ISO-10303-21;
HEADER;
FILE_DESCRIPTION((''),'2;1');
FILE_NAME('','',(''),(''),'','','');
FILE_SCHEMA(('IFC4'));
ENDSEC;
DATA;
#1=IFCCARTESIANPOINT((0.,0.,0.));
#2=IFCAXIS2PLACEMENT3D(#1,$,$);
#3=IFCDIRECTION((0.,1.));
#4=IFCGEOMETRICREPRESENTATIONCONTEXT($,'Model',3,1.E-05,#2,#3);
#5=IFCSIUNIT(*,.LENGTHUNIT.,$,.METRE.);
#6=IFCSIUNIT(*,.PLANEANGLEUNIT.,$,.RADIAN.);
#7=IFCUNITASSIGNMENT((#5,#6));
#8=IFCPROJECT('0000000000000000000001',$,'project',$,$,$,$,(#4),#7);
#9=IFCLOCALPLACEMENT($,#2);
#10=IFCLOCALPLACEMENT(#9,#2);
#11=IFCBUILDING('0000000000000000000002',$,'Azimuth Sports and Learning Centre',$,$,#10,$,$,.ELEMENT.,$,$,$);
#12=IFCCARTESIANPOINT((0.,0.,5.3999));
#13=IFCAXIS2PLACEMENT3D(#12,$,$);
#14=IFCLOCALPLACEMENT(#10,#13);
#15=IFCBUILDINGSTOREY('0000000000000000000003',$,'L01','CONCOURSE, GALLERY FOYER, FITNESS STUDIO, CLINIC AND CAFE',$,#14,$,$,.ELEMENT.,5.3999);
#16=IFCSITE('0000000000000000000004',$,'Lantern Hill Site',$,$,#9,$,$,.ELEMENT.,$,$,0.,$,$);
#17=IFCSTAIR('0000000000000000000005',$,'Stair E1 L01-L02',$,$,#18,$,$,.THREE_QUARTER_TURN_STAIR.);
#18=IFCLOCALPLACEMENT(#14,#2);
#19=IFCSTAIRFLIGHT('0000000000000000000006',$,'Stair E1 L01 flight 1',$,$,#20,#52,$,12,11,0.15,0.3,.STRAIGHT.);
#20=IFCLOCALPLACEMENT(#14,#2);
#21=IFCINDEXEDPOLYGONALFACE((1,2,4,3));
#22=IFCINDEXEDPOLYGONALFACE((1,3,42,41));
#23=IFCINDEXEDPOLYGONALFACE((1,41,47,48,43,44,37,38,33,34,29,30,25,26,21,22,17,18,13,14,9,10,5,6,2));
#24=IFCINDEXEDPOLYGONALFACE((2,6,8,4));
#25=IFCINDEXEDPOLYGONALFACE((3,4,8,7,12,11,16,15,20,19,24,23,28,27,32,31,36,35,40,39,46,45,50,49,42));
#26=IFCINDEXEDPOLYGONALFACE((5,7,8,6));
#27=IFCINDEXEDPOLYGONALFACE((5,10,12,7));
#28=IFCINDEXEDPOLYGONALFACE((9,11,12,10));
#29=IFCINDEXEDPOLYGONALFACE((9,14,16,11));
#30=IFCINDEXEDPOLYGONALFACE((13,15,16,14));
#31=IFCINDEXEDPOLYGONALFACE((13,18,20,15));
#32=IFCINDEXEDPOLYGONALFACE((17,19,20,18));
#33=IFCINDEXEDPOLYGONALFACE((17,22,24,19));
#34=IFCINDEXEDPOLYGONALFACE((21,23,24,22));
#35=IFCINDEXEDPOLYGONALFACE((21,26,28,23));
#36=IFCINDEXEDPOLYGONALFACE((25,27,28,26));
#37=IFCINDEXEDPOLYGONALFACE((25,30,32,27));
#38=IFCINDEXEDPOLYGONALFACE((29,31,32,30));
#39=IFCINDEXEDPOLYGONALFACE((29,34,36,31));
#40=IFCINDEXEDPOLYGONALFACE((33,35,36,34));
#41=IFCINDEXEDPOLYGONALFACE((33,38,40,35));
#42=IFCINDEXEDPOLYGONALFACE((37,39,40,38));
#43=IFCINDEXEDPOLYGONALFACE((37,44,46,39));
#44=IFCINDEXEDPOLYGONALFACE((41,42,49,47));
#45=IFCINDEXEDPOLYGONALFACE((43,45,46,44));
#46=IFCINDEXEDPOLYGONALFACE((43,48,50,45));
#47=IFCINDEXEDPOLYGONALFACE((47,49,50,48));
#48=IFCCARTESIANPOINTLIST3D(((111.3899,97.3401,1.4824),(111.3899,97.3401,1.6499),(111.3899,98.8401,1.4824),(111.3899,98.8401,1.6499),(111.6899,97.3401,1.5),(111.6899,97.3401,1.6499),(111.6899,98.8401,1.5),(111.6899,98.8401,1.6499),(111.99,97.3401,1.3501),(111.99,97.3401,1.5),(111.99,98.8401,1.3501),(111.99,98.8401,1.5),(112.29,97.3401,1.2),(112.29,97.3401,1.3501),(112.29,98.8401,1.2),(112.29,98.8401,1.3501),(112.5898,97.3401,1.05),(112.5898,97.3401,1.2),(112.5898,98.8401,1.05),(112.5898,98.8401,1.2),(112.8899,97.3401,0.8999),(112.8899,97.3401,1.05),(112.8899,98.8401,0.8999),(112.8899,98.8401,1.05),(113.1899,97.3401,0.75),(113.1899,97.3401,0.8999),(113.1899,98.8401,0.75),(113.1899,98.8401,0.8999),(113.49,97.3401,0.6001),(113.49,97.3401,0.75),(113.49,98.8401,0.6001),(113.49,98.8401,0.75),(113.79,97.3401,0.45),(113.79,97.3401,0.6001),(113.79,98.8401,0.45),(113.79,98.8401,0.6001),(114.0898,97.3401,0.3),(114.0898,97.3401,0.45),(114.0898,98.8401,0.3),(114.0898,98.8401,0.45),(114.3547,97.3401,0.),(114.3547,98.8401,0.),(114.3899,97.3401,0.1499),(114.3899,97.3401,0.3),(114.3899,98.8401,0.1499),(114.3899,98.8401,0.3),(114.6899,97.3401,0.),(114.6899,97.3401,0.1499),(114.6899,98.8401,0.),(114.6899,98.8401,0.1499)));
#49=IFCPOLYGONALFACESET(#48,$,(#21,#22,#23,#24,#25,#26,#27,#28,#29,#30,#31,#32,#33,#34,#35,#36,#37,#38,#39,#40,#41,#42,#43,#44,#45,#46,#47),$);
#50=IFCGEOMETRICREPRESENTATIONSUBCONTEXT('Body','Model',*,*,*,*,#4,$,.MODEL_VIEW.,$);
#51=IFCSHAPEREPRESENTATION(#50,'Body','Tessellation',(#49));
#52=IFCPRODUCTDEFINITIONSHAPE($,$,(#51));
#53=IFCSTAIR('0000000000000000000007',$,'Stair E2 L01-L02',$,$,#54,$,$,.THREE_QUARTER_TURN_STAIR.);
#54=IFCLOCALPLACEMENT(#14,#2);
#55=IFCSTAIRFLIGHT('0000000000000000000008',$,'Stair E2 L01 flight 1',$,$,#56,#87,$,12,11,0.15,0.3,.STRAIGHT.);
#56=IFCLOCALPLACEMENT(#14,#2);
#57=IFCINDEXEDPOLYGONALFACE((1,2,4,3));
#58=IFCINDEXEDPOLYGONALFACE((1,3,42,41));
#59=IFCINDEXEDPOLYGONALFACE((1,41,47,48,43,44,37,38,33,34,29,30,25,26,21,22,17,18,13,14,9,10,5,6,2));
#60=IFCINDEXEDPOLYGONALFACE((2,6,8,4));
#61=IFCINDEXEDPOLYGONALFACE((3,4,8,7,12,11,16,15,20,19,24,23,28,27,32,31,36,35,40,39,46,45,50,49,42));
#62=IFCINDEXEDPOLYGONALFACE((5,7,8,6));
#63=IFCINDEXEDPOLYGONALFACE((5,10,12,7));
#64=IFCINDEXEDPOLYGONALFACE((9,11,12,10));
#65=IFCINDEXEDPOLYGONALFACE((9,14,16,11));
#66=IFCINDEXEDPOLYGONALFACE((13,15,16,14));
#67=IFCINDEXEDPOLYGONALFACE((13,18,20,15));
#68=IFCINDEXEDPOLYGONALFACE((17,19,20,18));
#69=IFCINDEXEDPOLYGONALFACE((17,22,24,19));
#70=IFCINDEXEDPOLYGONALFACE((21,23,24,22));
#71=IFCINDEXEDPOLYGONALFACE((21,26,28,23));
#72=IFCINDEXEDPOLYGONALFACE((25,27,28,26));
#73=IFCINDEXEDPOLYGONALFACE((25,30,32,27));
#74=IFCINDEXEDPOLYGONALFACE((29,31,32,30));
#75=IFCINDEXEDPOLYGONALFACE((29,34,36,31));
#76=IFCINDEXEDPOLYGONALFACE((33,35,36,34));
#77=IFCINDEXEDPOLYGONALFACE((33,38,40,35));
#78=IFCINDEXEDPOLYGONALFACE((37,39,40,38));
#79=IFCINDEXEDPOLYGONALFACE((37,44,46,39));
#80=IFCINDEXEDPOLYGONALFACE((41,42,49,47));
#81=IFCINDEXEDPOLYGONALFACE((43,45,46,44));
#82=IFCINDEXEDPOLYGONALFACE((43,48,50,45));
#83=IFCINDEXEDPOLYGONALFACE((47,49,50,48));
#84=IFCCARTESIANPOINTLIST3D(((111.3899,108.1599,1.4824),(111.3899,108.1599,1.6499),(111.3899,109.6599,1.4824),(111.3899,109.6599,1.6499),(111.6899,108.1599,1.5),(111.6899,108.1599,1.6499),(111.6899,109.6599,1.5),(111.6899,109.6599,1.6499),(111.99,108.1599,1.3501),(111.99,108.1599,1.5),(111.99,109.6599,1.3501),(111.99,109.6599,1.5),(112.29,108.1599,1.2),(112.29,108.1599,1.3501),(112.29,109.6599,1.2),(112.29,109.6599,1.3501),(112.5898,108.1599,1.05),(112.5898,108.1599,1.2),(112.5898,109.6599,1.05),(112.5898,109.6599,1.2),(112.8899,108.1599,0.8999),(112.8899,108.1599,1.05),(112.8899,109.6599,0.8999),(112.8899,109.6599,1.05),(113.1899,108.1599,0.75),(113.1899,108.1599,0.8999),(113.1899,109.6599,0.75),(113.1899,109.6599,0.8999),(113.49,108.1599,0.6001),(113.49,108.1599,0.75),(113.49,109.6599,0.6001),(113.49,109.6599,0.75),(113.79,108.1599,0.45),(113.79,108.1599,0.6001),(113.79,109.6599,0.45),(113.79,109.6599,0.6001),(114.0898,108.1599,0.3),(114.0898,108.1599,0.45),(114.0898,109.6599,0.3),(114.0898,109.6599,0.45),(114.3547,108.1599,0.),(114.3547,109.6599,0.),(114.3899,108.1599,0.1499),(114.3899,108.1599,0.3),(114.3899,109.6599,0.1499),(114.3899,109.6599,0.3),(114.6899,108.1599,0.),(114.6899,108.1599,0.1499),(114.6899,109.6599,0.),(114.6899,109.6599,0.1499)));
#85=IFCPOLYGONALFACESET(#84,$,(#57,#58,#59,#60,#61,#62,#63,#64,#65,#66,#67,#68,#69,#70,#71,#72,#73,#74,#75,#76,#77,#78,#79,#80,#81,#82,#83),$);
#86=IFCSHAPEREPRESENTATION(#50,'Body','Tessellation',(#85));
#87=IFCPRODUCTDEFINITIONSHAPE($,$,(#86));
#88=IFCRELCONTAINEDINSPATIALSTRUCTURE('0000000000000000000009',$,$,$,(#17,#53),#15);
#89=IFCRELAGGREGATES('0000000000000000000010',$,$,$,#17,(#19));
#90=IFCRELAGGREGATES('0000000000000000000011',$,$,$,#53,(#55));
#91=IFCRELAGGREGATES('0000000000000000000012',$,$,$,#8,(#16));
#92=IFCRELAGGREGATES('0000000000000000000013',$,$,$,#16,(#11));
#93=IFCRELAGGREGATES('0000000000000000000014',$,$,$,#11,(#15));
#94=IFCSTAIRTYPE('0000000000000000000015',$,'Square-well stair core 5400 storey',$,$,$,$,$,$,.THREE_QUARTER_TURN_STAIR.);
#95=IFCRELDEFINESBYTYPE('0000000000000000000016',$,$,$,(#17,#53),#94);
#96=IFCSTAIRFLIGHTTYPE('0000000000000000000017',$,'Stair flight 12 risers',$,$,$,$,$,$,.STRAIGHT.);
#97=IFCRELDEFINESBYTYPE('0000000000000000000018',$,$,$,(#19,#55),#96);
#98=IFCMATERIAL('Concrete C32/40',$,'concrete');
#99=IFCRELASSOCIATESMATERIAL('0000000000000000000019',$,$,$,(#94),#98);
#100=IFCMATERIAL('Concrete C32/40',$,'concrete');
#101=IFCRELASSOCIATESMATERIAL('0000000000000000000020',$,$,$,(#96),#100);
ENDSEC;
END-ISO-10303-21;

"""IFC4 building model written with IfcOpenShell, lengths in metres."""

from ifc_helpers import new_model, si_unit, direction, frame, origin, place, context, subcontext, project, spatial, polyline, outline, extrude, material, type_object, element, aggregate, save


model = new_model("IFC4")

# Units and contexts
model_context = context("Model", 3, precision=1e-05, world=origin(), true_north=direction((0.0, 1.0)))
body_context = subcontext(model_context, "Body", "Model", "MODEL_VIEW")
ifc_project = project(units=[si_unit("LENGTHUNIT", "METRE"), si_unit("PLANEANGLEUNIT", "RADIAN")], contexts=[model_context])

# Site, building, storey
site_placement = place(None, origin())
site = spatial("IfcSite", under=ifc_project, at=site_placement, Name="Lantern Hill Site", CompositionType="ELEMENT", RefElevation=0.0)
building_placement = place(site_placement, origin())
building = spatial("IfcBuilding", under=site, at=building_placement, Name="Azimuth Sports and Learning Centre", CompositionType="ELEMENT")
storey_placement = place(building_placement, frame((0.0, 0.0, 5.3999)))
storey = spatial("IfcBuildingStorey", under=building, at=storey_placement, Name="L01", Description="CONCOURSE, GALLERY FOYER, FITNESS STUDIO, CLINIC AND CAFE", CompositionType="ELEMENT", Elevation=5.3999)

# Stairs, stair flights
ifc_material_1 = material(Name="Concrete C32/40", Category="concrete")
stair_type = type_object("IfcStairType", Name="Square-well stair core 5400 storey", PredefinedType="THREE_QUARTER_TURN_STAIR", material=ifc_material_1)
stair_1_placement = place(storey_placement, origin())
stair_1 = element("IfcStair", 1, at=stair_1_placement, inside=storey, type_object=stair_type, Name="Stair E1 L01-L02", PredefinedType="THREE_QUARTER_TURN_STAIR")
ifc_material_2 = material(Name="Concrete C32/40", Category="concrete")
stair_flight_type = type_object("IfcStairFlightType", Name="Stair flight 12 risers", PredefinedType="STRAIGHT", material=ifc_material_2)
stair_flight_1_placement = place(storey_placement, frame((114.6899, 98.0901, 0.0), z_axis=(0.0, 0.0, 1.0), x_axis=(-1.0, 0.0, 0.0)))
stair_flight_1 = element("IfcStairFlight", 2, at=stair_flight_1_placement, type_object=stair_flight_type, Name="Stair E1 L01 flight 1", NumberOfRisers=12, NumberOfTreads=11, PredefinedType="STRAIGHT", RiserHeight=0.15, TreadLength=0.3, context=body_context, shape_type="SweptSolid", body=[
    extrude(outline(polyline([(0.0, 0.0), (0.0, 0.1499), (0.3, 0.1499), (0.3, 0.3), (0.6001, 0.3), (0.6001, 0.45), (0.8999, 0.45), (0.8999, 0.6001), (1.2, 0.6001), (1.2, 0.75), (1.5, 0.75), (1.5, 0.8999), (1.8, 0.8999), (1.8, 1.05), (2.1001, 1.05), (2.1001, 1.2), (2.3999, 1.2), (2.3999, 1.3501), (2.7, 1.3501), (2.7, 1.5), (3.0, 1.5), (3.0, 1.6499), (3.3, 1.6499), (3.3, 1.8), (3.3, 1.4824), (0.3352, 0.0), (0.0, 0.0)])), frame((0.0, 0.75, 0.0), z_axis=(0.0, -1.0, 0.0), x_axis=(1.0, 0.0, 0.0)), (0.0, 0.0, 1.0), 1.5),
])
aggregate(stair_1, [stair_flight_1])
stair_2_placement = place(storey_placement, origin())
stair_2 = element("IfcStair", 3, at=stair_2_placement, inside=storey, type_object=stair_type, Name="Stair E2 L01-L02", PredefinedType="THREE_QUARTER_TURN_STAIR")
stair_flight_2_placement = place(storey_placement, frame((114.6899, 108.9099, 0.0), z_axis=(0.0, 0.0, 1.0), x_axis=(-1.0, 0.0, 0.0)))
stair_flight_2 = element("IfcStairFlight", 4, at=stair_flight_2_placement, type_object=stair_flight_type, Name="Stair E2 L01 flight 1", NumberOfRisers=12, NumberOfTreads=11, PredefinedType="STRAIGHT", RiserHeight=0.15, TreadLength=0.3, context=body_context, shape_type="SweptSolid", body=[
    extrude(outline(polyline([(0.0, 0.0), (0.0, 0.1499), (0.3, 0.1499), (0.3, 0.3), (0.6001, 0.3), (0.6001, 0.45), (0.8999, 0.45), (0.8999, 0.6001), (1.2, 0.6001), (1.2, 0.75), (1.5, 0.75), (1.5, 0.8999), (1.8, 0.8999), (1.8, 1.05), (2.1001, 1.05), (2.1001, 1.2), (2.3999, 1.2), (2.3999, 1.3501), (2.7, 1.3501), (2.7, 1.5), (3.0, 1.5), (3.0, 1.6499), (3.3, 1.6499), (3.3, 1.8), (3.3, 1.4824), (0.3352, 0.0), (0.0, 0.0)])), frame((0.0, 0.75, 0.0), z_axis=(0.0, -1.0, 0.0), x_axis=(1.0, 0.0, 0.0)), (0.0, 0.0, 1.0), 1.5),
])
aggregate(stair_2, [stair_flight_2])

save(model, "model.ifc")
